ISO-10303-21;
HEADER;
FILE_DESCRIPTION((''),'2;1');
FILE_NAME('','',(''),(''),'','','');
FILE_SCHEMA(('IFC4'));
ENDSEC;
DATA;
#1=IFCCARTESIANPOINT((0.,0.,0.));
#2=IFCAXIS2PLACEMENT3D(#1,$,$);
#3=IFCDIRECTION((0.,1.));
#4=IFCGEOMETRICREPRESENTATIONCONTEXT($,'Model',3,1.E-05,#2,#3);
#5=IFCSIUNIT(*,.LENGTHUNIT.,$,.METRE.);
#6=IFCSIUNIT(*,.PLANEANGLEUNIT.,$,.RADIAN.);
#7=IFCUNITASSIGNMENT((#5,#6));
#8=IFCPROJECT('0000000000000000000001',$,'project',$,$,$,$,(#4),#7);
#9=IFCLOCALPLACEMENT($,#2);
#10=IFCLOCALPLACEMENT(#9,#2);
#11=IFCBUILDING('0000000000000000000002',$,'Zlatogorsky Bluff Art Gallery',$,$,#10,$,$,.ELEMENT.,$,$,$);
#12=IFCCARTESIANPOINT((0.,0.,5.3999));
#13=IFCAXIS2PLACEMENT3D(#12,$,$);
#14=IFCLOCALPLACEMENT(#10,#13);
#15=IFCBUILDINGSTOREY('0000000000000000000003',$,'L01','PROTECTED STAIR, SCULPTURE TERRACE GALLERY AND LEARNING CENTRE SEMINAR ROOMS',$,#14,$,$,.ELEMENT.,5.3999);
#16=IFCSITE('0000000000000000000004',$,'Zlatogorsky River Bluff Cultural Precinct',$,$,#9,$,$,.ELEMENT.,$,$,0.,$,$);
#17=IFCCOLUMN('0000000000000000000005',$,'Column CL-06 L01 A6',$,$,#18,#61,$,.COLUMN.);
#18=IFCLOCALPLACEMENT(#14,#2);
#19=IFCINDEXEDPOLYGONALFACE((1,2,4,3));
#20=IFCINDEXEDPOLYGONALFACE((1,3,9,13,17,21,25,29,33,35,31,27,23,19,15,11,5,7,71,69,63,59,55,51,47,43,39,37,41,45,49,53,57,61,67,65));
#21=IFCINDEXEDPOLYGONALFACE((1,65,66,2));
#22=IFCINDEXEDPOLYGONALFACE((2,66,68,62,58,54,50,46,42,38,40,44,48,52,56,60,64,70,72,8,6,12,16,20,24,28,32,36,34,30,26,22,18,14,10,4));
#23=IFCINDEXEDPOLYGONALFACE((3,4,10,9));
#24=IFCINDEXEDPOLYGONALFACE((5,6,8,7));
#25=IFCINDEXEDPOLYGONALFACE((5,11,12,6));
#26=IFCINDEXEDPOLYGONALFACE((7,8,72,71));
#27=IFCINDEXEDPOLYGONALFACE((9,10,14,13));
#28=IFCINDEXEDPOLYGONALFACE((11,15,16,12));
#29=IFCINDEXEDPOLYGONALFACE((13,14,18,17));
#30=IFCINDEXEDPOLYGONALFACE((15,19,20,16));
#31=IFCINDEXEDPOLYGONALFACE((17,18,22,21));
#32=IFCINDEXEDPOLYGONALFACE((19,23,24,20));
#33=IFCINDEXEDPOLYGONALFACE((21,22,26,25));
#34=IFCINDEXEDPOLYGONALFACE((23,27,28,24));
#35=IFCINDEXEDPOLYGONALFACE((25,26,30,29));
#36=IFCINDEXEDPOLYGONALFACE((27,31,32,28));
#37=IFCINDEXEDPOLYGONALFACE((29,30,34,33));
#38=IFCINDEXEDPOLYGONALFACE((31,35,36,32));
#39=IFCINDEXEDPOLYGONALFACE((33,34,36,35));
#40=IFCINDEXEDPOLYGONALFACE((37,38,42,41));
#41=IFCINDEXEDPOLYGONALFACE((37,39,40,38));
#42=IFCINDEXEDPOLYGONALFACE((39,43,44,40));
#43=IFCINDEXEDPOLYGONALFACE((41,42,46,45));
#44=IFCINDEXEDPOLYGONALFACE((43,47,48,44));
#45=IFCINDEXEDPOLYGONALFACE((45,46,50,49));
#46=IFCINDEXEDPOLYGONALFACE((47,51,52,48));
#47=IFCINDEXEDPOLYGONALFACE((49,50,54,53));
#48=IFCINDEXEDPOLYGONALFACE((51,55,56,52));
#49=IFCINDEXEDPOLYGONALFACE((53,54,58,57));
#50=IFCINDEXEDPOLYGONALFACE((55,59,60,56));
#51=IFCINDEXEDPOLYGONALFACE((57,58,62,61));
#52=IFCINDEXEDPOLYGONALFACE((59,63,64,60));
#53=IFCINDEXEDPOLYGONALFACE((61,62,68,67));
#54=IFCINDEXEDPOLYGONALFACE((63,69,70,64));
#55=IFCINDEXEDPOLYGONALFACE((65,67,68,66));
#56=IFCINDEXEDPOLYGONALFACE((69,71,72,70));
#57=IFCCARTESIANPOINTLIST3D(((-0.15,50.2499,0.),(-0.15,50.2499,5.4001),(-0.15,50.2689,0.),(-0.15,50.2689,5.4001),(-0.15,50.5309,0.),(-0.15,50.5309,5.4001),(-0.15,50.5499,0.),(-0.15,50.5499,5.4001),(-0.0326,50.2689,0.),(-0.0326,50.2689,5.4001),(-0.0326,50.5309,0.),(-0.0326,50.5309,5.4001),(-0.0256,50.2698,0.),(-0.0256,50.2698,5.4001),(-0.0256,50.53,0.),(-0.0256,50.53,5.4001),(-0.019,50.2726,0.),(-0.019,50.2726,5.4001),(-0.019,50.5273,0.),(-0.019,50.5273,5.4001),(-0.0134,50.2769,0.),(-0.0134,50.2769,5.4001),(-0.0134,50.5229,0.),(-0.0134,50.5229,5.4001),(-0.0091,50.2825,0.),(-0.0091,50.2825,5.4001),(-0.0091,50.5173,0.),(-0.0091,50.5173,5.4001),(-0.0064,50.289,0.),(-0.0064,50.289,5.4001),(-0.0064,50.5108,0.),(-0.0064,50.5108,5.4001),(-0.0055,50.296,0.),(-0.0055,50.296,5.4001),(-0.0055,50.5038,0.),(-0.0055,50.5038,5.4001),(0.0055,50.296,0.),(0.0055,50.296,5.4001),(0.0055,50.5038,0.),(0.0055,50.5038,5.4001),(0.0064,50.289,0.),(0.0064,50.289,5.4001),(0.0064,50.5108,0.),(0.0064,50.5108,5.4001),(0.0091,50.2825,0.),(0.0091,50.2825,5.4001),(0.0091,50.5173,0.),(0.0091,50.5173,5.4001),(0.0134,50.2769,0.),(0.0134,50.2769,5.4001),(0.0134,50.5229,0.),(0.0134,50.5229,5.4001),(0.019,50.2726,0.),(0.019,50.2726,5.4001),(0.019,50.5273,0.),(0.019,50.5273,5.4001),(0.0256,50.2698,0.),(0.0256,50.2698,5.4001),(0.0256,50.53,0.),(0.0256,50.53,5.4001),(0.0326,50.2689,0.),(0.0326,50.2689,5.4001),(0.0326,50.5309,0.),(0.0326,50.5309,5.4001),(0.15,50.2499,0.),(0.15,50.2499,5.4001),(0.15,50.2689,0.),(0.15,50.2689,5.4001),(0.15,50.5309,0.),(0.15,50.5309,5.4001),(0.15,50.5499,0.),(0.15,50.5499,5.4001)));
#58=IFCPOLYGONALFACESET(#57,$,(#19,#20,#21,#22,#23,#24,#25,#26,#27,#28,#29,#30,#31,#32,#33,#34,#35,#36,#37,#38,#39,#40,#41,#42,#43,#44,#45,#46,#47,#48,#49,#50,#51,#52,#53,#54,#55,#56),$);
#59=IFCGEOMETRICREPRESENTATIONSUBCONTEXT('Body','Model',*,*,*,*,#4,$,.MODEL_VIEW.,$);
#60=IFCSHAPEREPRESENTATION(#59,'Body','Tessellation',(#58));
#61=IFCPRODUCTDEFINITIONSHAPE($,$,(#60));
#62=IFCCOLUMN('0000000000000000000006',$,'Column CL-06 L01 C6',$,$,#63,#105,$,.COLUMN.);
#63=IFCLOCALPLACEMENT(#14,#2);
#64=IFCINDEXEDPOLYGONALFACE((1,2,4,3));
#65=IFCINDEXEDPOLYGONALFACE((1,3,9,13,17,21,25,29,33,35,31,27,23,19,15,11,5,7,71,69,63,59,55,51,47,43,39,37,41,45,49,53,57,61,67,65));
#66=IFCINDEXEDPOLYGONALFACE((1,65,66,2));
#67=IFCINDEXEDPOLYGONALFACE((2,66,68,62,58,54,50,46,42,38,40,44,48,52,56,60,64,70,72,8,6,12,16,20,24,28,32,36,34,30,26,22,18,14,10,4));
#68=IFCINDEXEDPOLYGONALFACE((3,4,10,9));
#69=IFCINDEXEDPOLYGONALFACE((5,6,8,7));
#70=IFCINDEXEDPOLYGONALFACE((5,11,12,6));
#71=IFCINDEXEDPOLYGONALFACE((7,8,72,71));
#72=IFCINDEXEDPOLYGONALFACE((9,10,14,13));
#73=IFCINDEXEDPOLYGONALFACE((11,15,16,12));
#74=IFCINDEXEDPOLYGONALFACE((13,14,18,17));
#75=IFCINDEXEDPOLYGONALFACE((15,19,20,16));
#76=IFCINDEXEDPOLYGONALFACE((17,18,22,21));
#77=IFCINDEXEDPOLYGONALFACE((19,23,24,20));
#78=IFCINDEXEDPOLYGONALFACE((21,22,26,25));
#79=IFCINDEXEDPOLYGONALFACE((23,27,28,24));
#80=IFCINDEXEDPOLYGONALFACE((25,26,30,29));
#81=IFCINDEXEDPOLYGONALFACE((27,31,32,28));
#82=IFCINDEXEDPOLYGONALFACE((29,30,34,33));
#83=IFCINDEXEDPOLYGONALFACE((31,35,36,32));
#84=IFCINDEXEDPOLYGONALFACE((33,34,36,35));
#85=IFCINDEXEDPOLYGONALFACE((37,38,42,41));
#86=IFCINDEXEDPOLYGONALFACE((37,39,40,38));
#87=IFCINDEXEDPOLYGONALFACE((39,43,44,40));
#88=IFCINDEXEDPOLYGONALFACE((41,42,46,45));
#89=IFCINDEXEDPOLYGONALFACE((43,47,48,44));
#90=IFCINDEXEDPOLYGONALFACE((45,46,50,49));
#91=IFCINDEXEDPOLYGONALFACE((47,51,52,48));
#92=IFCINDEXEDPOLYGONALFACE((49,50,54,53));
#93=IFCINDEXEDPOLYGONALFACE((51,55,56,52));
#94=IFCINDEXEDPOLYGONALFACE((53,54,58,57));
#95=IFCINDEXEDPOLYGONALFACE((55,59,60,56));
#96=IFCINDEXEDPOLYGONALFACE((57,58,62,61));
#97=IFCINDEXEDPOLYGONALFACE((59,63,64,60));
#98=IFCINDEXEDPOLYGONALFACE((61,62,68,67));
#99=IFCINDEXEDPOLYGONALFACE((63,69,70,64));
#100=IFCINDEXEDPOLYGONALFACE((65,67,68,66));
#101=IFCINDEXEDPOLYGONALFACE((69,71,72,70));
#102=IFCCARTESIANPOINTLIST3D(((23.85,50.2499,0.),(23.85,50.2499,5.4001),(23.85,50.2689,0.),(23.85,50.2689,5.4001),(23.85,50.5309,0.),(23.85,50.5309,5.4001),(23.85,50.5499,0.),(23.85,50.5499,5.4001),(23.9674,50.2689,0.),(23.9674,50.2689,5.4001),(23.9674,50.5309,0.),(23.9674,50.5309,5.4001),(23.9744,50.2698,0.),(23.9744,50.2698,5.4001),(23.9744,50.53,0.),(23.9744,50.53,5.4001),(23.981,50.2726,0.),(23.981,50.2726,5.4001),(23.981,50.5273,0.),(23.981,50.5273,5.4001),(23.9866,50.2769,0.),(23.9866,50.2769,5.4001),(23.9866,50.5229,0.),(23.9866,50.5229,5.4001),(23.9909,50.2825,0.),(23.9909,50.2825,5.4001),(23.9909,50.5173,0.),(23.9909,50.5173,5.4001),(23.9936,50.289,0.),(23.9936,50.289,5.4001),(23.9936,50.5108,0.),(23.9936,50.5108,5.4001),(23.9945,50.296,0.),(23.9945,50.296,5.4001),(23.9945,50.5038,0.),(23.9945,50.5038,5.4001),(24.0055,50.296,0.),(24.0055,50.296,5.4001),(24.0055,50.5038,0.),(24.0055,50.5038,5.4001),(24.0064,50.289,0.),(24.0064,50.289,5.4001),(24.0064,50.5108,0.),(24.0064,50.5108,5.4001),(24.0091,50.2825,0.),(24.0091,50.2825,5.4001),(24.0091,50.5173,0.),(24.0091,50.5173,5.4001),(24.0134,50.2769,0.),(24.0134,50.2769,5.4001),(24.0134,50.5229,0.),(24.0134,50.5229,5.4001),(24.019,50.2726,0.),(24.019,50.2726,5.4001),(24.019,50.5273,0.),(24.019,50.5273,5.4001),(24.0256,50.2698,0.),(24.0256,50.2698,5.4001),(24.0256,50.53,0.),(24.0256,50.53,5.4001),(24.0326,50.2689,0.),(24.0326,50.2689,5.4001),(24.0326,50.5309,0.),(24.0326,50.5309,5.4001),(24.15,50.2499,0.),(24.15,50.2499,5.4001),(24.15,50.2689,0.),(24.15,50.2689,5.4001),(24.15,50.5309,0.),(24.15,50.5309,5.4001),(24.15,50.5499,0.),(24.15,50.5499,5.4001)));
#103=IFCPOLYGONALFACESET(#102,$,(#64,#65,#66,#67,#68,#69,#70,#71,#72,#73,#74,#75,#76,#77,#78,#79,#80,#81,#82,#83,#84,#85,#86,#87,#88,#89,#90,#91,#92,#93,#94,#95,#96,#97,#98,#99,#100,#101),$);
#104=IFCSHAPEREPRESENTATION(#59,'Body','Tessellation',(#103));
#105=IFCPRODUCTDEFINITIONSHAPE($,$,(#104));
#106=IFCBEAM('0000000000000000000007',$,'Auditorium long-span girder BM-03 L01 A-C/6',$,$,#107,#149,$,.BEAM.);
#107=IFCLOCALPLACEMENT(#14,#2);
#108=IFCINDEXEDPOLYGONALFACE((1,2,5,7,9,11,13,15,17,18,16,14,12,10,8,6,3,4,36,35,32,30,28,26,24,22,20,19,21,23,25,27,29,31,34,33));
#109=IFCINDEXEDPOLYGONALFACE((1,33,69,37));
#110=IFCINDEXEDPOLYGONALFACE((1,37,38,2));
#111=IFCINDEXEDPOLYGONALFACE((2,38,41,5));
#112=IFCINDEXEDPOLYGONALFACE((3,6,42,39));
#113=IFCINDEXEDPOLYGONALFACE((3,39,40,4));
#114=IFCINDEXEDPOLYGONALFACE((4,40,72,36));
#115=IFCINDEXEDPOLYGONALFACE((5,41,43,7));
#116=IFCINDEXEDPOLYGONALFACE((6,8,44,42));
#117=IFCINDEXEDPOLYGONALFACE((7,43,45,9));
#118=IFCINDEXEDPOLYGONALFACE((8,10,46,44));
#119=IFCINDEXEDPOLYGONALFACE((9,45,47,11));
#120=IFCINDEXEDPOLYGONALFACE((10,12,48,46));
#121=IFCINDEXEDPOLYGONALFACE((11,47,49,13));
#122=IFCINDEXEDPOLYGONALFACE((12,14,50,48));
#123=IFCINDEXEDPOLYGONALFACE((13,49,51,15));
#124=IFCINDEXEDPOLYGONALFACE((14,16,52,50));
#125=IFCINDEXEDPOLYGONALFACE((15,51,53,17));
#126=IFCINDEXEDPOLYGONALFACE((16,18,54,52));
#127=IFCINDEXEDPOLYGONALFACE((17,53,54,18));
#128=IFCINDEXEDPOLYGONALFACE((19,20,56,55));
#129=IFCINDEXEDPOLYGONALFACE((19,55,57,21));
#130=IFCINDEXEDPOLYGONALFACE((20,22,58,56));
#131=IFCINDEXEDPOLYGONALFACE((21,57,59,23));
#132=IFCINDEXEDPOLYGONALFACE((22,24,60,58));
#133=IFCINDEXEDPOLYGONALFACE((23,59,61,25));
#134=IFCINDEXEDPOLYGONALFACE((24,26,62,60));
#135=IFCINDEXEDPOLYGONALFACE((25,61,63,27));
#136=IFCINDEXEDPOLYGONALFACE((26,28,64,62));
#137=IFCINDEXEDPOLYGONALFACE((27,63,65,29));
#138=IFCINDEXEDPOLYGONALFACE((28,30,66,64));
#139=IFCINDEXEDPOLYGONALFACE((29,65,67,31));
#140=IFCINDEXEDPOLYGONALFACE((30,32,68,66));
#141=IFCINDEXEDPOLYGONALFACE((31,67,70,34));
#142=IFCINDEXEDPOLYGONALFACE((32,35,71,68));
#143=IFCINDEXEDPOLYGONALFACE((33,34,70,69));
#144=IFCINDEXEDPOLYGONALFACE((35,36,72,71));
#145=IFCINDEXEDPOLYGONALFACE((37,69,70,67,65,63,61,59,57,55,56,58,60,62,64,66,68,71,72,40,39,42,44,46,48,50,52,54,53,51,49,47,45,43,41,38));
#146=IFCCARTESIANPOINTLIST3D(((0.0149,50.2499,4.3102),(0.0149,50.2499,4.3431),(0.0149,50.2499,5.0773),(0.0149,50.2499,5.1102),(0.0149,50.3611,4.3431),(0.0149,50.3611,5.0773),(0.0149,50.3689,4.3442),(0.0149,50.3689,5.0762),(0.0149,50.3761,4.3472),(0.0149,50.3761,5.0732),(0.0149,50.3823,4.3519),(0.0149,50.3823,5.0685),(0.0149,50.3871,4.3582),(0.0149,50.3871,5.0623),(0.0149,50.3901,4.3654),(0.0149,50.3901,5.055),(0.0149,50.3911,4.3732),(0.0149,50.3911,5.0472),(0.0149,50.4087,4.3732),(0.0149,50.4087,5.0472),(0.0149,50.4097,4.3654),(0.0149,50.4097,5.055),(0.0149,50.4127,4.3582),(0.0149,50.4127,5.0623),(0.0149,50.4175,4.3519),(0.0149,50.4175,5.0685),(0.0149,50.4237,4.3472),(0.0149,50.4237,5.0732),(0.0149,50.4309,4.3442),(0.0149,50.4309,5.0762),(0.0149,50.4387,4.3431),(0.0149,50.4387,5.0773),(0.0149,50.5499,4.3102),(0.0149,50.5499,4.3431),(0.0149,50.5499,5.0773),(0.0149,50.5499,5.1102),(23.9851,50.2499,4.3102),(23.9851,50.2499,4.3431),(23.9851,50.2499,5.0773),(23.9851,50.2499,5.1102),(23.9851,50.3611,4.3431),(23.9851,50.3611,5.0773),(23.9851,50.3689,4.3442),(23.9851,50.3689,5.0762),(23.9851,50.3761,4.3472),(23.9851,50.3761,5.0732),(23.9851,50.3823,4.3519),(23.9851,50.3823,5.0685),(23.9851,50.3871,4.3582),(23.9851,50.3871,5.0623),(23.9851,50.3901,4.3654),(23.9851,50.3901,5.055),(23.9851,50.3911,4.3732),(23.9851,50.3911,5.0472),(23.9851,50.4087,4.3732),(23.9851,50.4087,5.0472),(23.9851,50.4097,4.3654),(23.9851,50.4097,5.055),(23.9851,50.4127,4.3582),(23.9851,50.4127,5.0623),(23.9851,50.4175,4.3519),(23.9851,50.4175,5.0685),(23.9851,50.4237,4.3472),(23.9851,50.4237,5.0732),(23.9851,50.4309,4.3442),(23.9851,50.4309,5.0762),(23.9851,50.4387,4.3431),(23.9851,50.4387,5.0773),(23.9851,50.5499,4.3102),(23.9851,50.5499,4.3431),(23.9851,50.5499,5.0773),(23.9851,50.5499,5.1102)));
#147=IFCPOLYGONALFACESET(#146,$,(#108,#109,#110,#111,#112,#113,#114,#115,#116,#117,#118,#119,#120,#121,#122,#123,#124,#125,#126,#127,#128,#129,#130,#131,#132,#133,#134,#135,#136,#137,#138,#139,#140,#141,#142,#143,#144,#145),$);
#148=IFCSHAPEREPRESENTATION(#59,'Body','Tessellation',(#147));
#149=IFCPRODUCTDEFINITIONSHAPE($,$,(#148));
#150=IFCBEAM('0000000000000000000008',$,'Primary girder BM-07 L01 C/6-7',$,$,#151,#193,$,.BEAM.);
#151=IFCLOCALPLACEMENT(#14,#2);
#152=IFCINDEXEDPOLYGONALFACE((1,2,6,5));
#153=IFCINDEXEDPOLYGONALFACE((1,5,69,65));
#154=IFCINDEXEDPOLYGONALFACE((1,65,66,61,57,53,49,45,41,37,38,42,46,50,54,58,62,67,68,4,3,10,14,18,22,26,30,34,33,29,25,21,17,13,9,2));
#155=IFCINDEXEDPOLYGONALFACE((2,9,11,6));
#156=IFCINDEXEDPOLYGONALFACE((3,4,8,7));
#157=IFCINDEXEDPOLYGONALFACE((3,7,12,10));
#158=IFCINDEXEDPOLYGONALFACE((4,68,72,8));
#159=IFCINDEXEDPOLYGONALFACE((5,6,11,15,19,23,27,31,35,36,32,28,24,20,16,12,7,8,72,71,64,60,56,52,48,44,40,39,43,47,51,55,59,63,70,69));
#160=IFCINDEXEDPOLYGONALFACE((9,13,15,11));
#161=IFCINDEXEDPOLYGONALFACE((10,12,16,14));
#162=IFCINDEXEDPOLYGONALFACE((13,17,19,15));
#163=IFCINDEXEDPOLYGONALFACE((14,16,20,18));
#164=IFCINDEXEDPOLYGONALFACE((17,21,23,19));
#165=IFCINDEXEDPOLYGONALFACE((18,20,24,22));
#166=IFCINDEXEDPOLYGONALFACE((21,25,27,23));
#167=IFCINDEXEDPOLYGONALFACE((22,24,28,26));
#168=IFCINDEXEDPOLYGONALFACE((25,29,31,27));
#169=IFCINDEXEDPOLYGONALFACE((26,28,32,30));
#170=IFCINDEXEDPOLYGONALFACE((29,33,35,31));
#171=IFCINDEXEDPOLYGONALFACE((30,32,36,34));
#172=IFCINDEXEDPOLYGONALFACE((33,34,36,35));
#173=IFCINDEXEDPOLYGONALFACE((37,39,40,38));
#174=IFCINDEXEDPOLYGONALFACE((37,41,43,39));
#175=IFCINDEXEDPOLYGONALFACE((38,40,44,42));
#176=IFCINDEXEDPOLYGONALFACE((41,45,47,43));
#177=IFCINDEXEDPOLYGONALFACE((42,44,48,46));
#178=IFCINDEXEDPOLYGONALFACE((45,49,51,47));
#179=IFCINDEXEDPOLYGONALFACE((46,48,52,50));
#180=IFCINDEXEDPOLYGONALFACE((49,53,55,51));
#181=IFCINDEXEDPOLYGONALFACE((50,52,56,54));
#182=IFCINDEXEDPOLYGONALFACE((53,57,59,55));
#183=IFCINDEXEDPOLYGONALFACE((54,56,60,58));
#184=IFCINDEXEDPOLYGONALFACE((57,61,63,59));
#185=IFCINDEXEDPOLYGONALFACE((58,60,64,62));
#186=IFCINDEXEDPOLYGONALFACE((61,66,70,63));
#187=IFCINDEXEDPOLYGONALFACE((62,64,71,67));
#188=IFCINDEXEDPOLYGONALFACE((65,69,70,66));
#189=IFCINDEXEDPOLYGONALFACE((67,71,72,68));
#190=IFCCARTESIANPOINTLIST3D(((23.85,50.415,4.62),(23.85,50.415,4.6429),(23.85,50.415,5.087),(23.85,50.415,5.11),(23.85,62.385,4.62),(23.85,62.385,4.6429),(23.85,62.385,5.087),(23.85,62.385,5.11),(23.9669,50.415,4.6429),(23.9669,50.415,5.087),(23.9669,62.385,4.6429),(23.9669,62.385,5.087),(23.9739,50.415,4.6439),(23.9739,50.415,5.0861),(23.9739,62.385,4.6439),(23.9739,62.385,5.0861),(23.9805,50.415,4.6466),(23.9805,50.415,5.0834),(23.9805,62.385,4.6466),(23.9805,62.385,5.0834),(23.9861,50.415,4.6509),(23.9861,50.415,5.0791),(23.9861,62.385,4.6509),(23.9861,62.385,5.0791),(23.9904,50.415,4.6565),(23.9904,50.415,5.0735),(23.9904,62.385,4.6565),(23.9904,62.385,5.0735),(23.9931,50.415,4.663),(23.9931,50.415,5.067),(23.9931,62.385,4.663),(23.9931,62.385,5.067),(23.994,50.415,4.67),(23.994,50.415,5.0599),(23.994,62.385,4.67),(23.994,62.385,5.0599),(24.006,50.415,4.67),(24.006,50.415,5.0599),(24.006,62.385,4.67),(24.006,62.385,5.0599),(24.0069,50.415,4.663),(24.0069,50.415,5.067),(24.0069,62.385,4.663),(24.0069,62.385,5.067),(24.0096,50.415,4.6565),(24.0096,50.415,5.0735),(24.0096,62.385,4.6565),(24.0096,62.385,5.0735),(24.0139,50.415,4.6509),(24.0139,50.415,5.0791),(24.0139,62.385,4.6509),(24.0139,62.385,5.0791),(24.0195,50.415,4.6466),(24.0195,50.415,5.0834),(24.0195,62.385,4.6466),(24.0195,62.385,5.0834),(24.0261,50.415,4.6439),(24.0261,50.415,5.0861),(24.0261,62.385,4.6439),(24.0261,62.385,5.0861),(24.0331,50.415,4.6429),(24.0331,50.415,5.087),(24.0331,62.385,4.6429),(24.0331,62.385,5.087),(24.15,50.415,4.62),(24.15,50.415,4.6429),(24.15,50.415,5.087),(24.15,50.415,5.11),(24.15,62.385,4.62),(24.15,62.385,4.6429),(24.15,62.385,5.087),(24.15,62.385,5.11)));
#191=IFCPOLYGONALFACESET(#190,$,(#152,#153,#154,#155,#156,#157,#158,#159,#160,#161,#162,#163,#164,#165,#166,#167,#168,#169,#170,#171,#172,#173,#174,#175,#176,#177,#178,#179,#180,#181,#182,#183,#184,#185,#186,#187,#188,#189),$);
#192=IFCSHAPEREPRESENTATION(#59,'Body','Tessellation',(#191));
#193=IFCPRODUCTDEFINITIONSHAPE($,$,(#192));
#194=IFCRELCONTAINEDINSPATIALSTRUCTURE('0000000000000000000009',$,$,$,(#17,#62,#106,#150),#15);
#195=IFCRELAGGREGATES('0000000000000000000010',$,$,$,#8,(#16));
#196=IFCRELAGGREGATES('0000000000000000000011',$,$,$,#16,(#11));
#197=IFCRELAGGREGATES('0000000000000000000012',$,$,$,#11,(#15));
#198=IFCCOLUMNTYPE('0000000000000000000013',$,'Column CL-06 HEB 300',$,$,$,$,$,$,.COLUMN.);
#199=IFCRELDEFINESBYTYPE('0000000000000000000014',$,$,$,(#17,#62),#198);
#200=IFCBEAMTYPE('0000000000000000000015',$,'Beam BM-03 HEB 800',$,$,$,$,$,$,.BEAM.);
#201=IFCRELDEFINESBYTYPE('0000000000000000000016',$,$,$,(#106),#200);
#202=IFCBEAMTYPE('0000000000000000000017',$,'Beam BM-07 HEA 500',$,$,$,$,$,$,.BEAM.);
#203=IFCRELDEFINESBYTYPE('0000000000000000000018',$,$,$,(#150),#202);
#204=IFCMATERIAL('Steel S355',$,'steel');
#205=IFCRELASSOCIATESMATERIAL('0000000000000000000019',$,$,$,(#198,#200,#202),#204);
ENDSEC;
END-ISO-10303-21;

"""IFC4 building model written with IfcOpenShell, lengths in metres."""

from ifc_helpers import new_model, si_unit, direction, frame, origin, origin_2d, place, context, subcontext, project, spatial, i_section, extrude, material, material_profile, profile_set, type_object, element, save


model = new_model("IFC4")

# Units and contexts
model_context = context("Model", 3, precision=1e-05, world=origin(), true_north=direction((0.0, 1.0)))
body_context = subcontext(model_context, "Body", "Model", "MODEL_VIEW")
ifc_project = project(units=[si_unit("LENGTHUNIT", "METRE"), si_unit("PLANEANGLEUNIT", "RADIAN")], contexts=[model_context])

# Site, building, storey
site_placement = place(None, origin())
site = spatial("IfcSite", under=ifc_project, at=site_placement, Name="Zlatogorsky River Bluff Cultural Precinct", CompositionType="ELEMENT", RefElevation=0.0)
building_placement = place(site_placement, origin())
building = spatial("IfcBuilding", under=site, at=building_placement, Name="Zlatogorsky Bluff Art Gallery", CompositionType="ELEMENT")
storey_placement = place(building_placement, frame((0.0, 0.0, 5.3999)))
storey = spatial("IfcBuildingStorey", under=building, at=storey_placement, Name="L01", Description="PROTECTED STAIR, SCULPTURE TERRACE GALLERY AND LEARNING CENTRE SEMINAR ROOMS", CompositionType="ELEMENT", Elevation=5.3999)

# Columns
ifc_material_1 = material(Name="Steel S355", Category="steel")
ifc_material_profile_1 = material_profile(ifc_material_1, i_section(OverallWidth=0.3, OverallDepth=0.3, WebThickness=0.011, FlangeThickness=0.019, FilletRadius=0.0271, at=origin_2d()), Name="HEB 300")
ifc_profile_set_1 = profile_set([ifc_material_profile_1], Name="Steel S355")
column_type = type_object("IfcColumnType", Name="Column CL-06 HEB 300", PredefinedType="COLUMN", material=ifc_profile_set_1)
for number, where, z_axis, x_axis, name in (
    (1, (0.0, 50.3999, 0.0), (0.0, 0.0, 1.0), (1.0, 0.0, 0.0), "Column CL-06 L01 A6"),
    (2, (24.0, 50.3999, 0.0), (0.0, 0.0, 1.0), (1.0, 0.0, 0.0), "Column CL-06 L01 C6"),
):
    element("IfcColumn", number, at=place(storey_placement, frame(where, z_axis=z_axis, x_axis=x_axis)), inside=storey, type_object=column_type, Name=name, PredefinedType="COLUMN", context=body_context, shape_type="SweptSolid", body=[
        extrude(i_section(OverallWidth=0.3, OverallDepth=0.3, WebThickness=0.011, FlangeThickness=0.019, FilletRadius=0.0271, at=origin_2d()), origin(), (0.0, 0.0, 1.0), 5.4001),
    ])

# Beams
ifc_material_profile_2 = material_profile(ifc_material_1, i_section(OverallWidth=0.3, OverallDepth=0.8, WebThickness=0.0176, FlangeThickness=0.033, FilletRadius=0.03, at=origin_2d()), Name="HEB 800")
ifc_profile_set_2 = profile_set([ifc_material_profile_2], Name="Steel S355")
beam_type_1 = type_object("IfcBeamType", Name="Beam BM-03 HEB 800", PredefinedType="BEAM", material=ifc_profile_set_2)
beam_1_placement = place(storey_placement, frame((0.0149, 50.3999, 4.7102), z_axis=(1.0, 0.0, 0.0), x_axis=(0.0, 1.0, 0.0)))
element("IfcBeam", 3, at=beam_1_placement, inside=storey, type_object=beam_type_1, Name="Auditorium long-span girder BM-03 L01 A-C/6", PredefinedType="BEAM", context=body_context, shape_type="SweptSolid", body=[
    extrude(i_section(OverallWidth=0.3, OverallDepth=0.8, WebThickness=0.0176, FlangeThickness=0.033, FilletRadius=0.03, at=origin_2d()), origin(), (0.0, 0.0, 1.0), 23.9702),
])
ifc_material_profile_3 = material_profile(ifc_material_1, i_section(OverallWidth=0.3, OverallDepth=0.49, WebThickness=0.012, FlangeThickness=0.0229, FilletRadius=0.0271, at=origin_2d()), Name="HEA 500")
ifc_profile_set_3 = profile_set([ifc_material_profile_3], Name="Steel S355")
beam_type_2 = type_object("IfcBeamType", Name="Beam BM-07 HEA 500", PredefinedType="BEAM", material=ifc_profile_set_3)
beam_2_placement = place(storey_placement, frame((24.0, 50.415, 4.865), z_axis=(0.0, 1.0, 0.0), x_axis=(-1.0, 0.0, 0.0)))
element("IfcBeam", 4, at=beam_2_placement, inside=storey, type_object=beam_type_2, Name="Primary girder BM-07 L01 C/6-7", PredefinedType="BEAM", context=body_context, shape_type="SweptSolid", body=[
    extrude(i_section(OverallWidth=0.3, OverallDepth=0.49, WebThickness=0.012, FlangeThickness=0.0229, FilletRadius=0.0271, at=origin_2d()), origin(), (0.0, 0.0, 1.0), 11.97),
])

save(model, "model.ifc")
